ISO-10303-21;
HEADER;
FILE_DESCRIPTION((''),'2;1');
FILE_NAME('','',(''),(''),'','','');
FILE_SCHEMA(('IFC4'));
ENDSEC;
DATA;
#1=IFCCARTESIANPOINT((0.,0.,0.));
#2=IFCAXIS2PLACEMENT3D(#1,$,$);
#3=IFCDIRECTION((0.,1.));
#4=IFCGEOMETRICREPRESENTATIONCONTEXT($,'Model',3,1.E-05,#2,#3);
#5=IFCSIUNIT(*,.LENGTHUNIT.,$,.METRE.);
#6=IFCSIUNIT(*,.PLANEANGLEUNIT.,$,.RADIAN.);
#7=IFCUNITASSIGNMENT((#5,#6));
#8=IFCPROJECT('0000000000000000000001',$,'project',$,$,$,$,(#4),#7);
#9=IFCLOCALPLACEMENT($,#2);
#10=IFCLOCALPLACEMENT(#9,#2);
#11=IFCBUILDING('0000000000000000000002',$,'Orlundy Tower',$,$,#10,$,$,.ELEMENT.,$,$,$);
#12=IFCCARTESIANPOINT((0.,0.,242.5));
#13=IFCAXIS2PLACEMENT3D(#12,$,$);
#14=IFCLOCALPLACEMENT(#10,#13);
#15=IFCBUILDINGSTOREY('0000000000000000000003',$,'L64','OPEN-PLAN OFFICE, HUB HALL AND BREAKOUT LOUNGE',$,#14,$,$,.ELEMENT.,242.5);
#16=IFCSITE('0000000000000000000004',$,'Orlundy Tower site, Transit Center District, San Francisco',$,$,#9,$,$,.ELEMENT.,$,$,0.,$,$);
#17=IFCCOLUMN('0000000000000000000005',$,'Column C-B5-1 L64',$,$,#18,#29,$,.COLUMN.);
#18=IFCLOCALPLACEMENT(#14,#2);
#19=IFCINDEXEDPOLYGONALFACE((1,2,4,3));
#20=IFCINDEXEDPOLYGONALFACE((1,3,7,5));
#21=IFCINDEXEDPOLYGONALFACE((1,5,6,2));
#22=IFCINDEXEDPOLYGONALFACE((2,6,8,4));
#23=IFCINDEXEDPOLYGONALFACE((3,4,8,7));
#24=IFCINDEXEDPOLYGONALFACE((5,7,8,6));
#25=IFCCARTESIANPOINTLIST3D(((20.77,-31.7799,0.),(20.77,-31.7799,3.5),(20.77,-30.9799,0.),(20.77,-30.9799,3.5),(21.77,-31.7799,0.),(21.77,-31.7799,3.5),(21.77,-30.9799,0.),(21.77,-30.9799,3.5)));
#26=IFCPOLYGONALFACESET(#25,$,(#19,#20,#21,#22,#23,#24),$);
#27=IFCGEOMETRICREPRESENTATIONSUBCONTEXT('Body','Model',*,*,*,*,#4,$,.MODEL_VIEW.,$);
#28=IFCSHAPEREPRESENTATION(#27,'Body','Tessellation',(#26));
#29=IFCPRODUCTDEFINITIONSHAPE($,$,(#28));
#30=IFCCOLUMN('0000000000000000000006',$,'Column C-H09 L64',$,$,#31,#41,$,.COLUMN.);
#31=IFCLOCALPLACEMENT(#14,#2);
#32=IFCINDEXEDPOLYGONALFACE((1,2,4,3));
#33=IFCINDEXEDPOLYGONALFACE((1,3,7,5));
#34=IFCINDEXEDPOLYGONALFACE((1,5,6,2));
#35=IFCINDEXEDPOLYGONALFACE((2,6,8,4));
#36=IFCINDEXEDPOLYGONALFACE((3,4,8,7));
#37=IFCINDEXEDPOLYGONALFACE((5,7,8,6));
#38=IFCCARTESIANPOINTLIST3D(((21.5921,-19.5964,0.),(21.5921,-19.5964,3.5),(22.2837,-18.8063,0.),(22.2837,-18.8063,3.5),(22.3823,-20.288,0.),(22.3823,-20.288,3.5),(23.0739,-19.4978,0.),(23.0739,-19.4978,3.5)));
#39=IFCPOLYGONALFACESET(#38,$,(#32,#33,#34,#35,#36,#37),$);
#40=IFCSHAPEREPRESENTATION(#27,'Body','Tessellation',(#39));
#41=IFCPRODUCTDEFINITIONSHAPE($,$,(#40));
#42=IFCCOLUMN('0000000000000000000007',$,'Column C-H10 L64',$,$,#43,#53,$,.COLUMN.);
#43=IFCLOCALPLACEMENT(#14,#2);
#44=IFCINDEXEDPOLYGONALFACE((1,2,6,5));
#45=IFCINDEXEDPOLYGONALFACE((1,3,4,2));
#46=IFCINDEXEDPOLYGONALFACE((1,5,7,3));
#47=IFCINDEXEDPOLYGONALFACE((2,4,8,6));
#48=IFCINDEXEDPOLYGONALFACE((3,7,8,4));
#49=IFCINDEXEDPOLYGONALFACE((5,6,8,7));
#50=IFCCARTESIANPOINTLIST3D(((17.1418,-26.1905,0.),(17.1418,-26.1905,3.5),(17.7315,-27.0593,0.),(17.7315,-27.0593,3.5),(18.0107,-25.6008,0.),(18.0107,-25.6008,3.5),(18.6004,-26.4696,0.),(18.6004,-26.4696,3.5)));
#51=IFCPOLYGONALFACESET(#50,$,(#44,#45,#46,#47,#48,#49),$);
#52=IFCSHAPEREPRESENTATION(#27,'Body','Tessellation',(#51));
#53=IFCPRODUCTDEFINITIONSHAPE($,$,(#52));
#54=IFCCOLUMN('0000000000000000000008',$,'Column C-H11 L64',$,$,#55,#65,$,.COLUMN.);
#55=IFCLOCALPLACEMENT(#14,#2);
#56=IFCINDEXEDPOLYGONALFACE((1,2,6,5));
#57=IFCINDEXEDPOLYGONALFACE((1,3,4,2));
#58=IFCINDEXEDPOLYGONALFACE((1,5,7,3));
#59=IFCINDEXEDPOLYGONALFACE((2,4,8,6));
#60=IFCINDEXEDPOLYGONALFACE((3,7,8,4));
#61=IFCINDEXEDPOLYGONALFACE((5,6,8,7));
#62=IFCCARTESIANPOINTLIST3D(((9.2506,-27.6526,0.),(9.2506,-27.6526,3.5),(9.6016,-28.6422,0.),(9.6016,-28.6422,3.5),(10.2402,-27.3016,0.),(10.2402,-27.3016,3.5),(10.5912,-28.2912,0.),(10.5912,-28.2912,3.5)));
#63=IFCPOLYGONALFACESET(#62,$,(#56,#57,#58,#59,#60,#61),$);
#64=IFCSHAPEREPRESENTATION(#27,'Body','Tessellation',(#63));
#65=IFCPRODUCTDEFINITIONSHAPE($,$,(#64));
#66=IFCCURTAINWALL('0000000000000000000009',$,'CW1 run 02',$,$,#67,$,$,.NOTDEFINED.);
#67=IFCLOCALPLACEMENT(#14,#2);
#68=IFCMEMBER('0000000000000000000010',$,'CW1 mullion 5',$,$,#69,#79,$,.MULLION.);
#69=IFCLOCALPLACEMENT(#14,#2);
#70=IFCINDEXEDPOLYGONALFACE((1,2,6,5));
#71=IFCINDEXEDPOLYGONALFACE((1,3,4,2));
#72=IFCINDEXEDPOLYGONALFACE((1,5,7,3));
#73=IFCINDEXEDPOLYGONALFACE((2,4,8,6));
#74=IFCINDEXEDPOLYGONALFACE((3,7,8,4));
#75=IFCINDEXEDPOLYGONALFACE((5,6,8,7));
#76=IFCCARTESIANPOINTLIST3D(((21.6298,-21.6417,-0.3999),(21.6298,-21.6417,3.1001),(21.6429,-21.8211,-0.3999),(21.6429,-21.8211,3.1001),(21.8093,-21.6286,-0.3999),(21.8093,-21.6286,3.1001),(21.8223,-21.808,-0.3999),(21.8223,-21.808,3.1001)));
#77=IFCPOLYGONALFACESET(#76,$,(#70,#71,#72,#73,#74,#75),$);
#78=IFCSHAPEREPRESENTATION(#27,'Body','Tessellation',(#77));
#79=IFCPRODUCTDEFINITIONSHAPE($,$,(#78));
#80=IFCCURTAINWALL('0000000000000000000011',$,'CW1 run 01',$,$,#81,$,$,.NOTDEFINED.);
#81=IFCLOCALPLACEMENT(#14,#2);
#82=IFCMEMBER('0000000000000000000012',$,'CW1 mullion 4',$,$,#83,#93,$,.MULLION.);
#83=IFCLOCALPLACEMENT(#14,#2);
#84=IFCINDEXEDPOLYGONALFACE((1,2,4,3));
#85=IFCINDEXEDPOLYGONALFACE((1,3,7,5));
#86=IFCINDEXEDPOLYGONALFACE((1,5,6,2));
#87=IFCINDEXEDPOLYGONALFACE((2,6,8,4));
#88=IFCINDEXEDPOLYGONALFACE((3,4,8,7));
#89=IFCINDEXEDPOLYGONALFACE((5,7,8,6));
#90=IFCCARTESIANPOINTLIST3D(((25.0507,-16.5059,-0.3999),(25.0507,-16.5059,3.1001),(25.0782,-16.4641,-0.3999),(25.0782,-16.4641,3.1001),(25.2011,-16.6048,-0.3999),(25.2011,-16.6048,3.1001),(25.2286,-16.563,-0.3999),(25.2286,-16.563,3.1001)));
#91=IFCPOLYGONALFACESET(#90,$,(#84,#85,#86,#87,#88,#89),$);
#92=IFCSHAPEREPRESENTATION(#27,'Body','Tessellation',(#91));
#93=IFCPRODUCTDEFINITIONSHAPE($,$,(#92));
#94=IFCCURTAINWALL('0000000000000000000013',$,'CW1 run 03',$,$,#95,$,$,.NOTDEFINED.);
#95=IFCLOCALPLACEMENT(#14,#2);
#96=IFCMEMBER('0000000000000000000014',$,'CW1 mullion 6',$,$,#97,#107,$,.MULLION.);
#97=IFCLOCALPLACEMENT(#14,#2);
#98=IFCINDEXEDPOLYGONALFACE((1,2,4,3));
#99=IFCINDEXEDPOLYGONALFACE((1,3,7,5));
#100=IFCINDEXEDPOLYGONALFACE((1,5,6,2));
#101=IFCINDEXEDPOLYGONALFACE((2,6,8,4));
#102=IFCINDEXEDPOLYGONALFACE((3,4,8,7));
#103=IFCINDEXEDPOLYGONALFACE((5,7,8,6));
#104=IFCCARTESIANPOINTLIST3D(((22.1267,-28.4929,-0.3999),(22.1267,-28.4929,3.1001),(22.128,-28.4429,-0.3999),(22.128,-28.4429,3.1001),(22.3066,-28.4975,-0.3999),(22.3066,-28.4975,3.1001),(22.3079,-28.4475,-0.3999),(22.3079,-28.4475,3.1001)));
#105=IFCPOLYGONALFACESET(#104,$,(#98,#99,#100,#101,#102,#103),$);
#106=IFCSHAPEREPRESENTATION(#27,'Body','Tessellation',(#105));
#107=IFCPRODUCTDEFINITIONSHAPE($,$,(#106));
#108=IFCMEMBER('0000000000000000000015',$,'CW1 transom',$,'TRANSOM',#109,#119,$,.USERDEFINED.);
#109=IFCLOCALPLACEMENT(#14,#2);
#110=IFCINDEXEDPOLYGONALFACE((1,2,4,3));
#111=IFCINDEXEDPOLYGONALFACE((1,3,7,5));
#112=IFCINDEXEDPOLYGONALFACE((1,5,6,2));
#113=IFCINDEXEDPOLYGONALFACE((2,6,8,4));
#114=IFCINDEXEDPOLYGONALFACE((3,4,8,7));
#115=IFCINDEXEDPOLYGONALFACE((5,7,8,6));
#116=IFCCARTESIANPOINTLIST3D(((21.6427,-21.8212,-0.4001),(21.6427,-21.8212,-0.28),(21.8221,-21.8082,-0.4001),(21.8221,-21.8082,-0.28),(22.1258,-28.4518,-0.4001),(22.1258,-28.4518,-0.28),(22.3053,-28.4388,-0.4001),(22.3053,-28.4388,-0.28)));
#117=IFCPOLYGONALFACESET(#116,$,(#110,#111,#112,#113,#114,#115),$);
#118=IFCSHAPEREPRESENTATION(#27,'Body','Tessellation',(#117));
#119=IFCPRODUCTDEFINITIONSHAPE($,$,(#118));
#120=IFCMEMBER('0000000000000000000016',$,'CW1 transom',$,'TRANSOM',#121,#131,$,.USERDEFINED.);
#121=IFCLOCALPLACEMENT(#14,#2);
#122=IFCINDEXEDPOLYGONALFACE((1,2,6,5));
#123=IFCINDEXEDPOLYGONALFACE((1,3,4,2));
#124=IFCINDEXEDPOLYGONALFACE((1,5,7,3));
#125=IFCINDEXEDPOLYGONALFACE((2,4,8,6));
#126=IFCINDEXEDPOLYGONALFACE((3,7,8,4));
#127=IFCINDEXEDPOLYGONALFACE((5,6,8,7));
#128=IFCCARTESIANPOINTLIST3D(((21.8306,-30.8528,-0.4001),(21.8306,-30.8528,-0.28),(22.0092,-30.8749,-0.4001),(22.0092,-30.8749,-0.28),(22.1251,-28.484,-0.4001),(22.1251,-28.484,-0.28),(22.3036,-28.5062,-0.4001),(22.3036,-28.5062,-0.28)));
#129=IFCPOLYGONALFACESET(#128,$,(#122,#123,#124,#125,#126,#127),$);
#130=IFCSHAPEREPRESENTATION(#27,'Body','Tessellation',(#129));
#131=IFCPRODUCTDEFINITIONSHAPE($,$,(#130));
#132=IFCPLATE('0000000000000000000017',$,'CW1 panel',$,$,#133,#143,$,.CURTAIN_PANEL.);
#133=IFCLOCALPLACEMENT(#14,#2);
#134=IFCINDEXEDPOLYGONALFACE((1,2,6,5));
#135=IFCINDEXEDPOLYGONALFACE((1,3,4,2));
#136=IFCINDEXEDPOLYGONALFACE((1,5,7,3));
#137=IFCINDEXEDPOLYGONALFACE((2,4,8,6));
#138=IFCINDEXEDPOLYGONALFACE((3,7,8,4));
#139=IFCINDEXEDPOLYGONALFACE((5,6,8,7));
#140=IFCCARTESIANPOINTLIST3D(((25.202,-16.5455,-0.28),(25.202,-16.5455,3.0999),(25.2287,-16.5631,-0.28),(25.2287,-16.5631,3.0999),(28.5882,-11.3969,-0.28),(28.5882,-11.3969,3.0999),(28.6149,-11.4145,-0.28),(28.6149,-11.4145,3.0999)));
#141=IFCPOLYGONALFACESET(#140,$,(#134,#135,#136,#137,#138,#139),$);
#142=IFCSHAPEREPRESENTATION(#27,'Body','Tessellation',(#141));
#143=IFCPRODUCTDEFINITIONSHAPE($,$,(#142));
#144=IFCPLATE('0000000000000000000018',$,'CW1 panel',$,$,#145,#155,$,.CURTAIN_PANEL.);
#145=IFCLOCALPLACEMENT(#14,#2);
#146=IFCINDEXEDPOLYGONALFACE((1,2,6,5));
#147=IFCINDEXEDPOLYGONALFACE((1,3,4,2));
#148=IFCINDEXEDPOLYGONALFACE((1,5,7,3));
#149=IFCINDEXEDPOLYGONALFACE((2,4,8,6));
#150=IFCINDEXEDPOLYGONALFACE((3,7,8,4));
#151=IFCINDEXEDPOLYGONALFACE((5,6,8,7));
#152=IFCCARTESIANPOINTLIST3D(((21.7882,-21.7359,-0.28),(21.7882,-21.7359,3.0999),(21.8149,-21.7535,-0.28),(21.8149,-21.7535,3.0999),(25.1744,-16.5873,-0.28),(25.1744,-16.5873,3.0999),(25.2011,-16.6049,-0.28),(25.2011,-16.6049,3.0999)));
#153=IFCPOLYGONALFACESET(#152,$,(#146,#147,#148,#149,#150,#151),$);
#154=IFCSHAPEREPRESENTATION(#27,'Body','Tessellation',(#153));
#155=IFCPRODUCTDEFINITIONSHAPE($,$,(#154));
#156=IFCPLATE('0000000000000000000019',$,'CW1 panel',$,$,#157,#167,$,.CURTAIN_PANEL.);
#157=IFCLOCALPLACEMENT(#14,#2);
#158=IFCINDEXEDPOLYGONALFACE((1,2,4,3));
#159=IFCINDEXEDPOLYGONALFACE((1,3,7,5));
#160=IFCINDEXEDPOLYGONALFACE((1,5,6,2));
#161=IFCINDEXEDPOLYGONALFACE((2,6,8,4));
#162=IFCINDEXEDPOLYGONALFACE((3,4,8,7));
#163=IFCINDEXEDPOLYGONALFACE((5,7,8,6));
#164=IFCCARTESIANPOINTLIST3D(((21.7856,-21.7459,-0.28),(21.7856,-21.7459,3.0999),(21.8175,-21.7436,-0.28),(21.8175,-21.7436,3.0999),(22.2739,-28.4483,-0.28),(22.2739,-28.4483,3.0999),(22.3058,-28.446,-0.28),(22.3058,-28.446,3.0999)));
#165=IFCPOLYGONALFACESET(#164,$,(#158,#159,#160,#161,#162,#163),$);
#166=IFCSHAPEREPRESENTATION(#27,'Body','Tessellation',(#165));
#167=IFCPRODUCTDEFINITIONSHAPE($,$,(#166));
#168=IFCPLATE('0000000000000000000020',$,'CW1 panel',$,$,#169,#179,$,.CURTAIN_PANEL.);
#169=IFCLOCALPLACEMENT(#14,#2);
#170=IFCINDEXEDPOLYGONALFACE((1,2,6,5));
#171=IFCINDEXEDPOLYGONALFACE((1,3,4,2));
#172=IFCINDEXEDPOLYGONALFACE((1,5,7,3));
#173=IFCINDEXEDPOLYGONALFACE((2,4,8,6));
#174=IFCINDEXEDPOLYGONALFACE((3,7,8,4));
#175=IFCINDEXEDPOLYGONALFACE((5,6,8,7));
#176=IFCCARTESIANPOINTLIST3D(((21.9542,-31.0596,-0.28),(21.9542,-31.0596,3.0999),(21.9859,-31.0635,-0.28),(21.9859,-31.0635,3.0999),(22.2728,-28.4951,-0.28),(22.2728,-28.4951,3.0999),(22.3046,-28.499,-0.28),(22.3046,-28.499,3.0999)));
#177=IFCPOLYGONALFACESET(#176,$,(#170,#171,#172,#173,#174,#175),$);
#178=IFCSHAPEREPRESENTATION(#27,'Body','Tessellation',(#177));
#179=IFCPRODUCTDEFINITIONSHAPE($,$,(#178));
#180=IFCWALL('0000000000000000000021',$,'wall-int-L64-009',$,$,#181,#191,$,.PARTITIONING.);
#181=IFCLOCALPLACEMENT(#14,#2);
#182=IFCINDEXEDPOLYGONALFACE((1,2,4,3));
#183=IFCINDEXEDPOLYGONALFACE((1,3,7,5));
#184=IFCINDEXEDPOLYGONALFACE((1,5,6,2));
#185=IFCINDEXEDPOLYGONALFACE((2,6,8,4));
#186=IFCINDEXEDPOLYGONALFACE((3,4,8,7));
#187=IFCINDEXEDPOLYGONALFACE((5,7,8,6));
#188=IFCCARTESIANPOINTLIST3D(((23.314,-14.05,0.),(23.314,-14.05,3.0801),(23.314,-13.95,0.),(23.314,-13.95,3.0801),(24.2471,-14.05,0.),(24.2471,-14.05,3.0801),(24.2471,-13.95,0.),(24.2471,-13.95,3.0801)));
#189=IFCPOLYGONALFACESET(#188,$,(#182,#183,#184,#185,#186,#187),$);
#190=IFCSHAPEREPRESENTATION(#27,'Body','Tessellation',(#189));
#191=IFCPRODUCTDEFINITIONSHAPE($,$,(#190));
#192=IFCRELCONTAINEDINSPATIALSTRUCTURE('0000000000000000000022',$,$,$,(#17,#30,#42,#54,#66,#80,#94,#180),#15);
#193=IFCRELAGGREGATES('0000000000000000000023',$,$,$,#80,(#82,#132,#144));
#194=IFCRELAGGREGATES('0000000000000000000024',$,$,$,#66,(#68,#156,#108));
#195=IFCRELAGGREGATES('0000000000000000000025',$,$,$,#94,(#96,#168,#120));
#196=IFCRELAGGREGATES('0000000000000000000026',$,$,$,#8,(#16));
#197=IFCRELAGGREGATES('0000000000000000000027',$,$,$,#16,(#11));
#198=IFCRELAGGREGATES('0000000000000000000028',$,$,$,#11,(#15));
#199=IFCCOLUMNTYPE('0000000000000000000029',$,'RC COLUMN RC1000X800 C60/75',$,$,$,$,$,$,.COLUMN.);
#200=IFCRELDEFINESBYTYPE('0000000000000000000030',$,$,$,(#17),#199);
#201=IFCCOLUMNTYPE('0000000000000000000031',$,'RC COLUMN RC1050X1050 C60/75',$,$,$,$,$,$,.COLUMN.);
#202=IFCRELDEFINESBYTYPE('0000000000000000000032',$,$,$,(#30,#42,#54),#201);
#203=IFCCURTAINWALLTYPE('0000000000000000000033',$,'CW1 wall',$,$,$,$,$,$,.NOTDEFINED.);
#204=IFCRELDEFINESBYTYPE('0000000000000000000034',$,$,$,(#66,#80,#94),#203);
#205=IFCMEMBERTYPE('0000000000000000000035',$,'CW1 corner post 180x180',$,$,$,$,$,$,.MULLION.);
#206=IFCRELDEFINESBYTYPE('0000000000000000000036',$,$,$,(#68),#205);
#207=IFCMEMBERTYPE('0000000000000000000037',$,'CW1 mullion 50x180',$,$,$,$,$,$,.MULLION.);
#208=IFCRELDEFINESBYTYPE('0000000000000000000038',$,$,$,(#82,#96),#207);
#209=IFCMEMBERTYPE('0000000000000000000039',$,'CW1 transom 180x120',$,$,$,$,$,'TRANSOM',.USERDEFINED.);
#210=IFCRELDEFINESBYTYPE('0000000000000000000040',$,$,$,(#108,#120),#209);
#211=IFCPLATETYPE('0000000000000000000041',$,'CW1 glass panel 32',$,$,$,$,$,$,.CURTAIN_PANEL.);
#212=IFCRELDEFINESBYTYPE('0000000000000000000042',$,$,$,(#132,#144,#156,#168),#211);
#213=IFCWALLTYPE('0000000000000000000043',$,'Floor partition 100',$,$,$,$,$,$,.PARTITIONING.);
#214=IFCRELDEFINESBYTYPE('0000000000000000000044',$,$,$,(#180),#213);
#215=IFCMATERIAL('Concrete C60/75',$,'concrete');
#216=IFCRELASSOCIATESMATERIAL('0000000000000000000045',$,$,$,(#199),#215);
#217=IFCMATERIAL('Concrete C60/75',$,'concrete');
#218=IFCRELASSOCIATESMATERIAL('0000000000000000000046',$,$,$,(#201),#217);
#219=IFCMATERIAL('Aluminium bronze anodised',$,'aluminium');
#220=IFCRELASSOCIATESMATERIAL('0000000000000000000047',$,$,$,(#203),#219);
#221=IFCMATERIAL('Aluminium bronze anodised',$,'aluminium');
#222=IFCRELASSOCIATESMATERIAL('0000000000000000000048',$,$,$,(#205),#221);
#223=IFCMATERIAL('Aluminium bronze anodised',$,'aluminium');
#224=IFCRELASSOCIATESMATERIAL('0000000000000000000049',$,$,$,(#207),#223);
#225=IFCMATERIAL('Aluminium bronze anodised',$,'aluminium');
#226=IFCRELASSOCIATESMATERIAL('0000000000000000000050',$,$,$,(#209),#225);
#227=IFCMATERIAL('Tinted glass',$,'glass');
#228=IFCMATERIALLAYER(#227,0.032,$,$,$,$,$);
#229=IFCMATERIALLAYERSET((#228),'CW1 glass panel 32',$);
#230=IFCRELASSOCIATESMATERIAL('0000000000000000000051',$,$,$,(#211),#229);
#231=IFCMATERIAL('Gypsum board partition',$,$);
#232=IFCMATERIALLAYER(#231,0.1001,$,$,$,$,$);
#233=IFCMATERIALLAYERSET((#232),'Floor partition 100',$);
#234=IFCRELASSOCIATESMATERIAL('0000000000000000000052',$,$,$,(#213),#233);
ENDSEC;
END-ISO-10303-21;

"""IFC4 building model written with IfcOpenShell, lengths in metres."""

from ifc_helpers import new_model, si_unit, direction, frame, frame_2d, origin, origin_2d, place, context, subcontext, project, spatial, rectangle, extrude, material, layer, layer_set, material_profile, profile_set, type_object, element, aggregate, save


model = new_model("IFC4")

# Units and contexts
model_context = context("Model", 3, precision=1e-05, world=origin(), true_north=direction((0.0, 1.0)))
body_context = subcontext(model_context, "Body", "Model", "MODEL_VIEW")
ifc_project = project(units=[si_unit("LENGTHUNIT", "METRE"), si_unit("PLANEANGLEUNIT", "RADIAN")], contexts=[model_context])

# Site, building, storey
site_placement = place(None, origin())
site = spatial("IfcSite", under=ifc_project, at=site_placement, Name="Orlundy Tower site, Transit Center District, San Francisco", CompositionType="ELEMENT", RefElevation=0.0)
building_placement = place(site_placement, origin())
building = spatial("IfcBuilding", under=site, at=building_placement, Name="Orlundy Tower", CompositionType="ELEMENT")
storey_placement = place(building_placement, frame((0.0, 0.0, 242.5)))
storey = spatial("IfcBuildingStorey", under=building, at=storey_placement, Name="L64", Description="OPEN-PLAN OFFICE, HUB HALL AND BREAKOUT LOUNGE", CompositionType="ELEMENT", Elevation=242.5)

# Columns
ifc_material_1 = material(Name="Concrete C60/75", Category="concrete")
ifc_material_profile_1 = material_profile(ifc_material_1, rectangle(XDim=1.0, YDim=0.8, at=origin_2d()), Name="RC1000X800")
ifc_profile_set_1 = profile_set([ifc_material_profile_1], Name="Concrete C60/75")
column_type_1 = type_object("IfcColumnType", Name="RC COLUMN RC1000X800 C60/75", PredefinedType="COLUMN", material=ifc_profile_set_1)
column_placement = place(storey_placement, frame((21.27, -31.3799, 0.0), z_axis=(0.0, 0.0, 1.0), x_axis=(1.0, 0.0, 0.0)))
element("IfcColumn", 1, at=column_placement, inside=storey, type_object=column_type_1, Name="Column C-B5-1 L64", PredefinedType="COLUMN", context=body_context, shape_type="SweptSolid", body=[
    extrude(rectangle(XDim=1.0, YDim=0.8, at=origin_2d()), origin(), (0.0, 0.0, 1.0), 3.5),
])
ifc_material_2 = material(Name="Concrete C60/75", Category="concrete")
ifc_material_profile_2 = material_profile(ifc_material_2, rectangle(XDim=1.05, YDim=1.05, at=origin_2d()), Name="RC1050X1050")
ifc_profile_set_2 = profile_set([ifc_material_profile_2], Name="Concrete C60/75")
column_type_2 = type_object("IfcColumnType", Name="RC COLUMN RC1050X1050 C60/75", PredefinedType="COLUMN", material=ifc_profile_set_2)
for number, where, z_axis, x_axis, name in (
    (2, (22.333, -19.5471, 0.0), (0.0, 0.0, 1.0), (0.752484, -0.658611, 0.0), "Column C-H09 L64"),
    (3, (17.8711, -26.3301, 0.0), (0.0, 0.0, 1.0), (0.561592, -0.827414, 0.0), "Column C-H10 L64"),
    (4, (9.9209, -27.9719, 0.0), (0.0, 0.0, 1.0), (0.334267, -0.942478, 0.0), "Column C-H11 L64"),
):
    element("IfcColumn", number, at=place(storey_placement, frame(where, z_axis=z_axis, x_axis=x_axis)), inside=storey, type_object=column_type_2, Name=name, PredefinedType="COLUMN", context=body_context, shape_type="SweptSolid", body=[
        extrude(rectangle(XDim=1.05, YDim=1.05, at=origin_2d()), origin(), (0.0, 0.0, 1.0), 3.5),
    ])

# Curtain walls, members
ifc_material_3 = material(Name="Aluminium bronze anodised", Category="aluminium")
curtain_wall_type = type_object("IfcCurtainWallType", Name="CW1 wall", PredefinedType="NOTDEFINED", material=ifc_material_3)
curtain_wall_1_placement = place(storey_placement, origin())
curtain_wall_1 = element("IfcCurtainWall", 5, at=curtain_wall_1_placement, inside=storey, type_object=curtain_wall_type, Name="CW1 run 02", PredefinedType="NOTDEFINED")
ifc_material_4 = material(Name="Aluminium bronze anodised", Category="aluminium")
ifc_material_profile_3 = material_profile(ifc_material_4, rectangle(XDim=0.1799, YDim=0.1799, at=origin_2d()), Name="CW1 corner post 180x180")
ifc_profile_set_3 = profile_set([ifc_material_profile_3], Name="Aluminium bronze anodised")
member_type_1 = type_object("IfcMemberType", Name="CW1 corner post 180x180", PredefinedType="MULLION", material=ifc_profile_set_3)
member_1_placement = place(storey_placement, frame((21.7261, -21.7249, -0.3999), z_axis=(0.0, 0.0, 1.0), x_axis=(0.997357, 0.072661, 0.0)))
member_1 = element("IfcMember", 6, at=member_1_placement, type_object=member_type_1, Name="CW1 mullion 5", PredefinedType="MULLION", context=body_context, shape_type="SweptSolid", body=[
    extrude(rectangle(XDim=0.1799, YDim=0.1799, at=origin_2d()), origin(), (0.0, 0.0, 1.0), 3.5),
])
curtain_wall_2_placement = place(storey_placement, origin())
curtain_wall_2 = element("IfcCurtainWall", 7, at=curtain_wall_2_placement, inside=storey, type_object=curtain_wall_type, Name="CW1 run 01", PredefinedType="NOTDEFINED")
ifc_material_5 = material(Name="Aluminium bronze anodised", Category="aluminium")
ifc_material_profile_4 = material_profile(ifc_material_5, rectangle(XDim=0.1799, YDim=0.05, at=origin_2d()), Name="CW1 mullion 50x180")
ifc_profile_set_4 = profile_set([ifc_material_profile_4], Name="Aluminium bronze anodised")
member_type_2 = type_object("IfcMemberType", Name="CW1 mullion 50x180", PredefinedType="MULLION", material=ifc_profile_set_4)
member_2_placement = place(storey_placement, frame((25.1396, -16.5344, -0.3999), z_axis=(0.0, 0.0, 1.0), x_axis=(0.835496, -0.549496, 0.0)))
member_2 = element("IfcMember", 8, at=member_2_placement, type_object=member_type_2, Name="CW1 mullion 4", PredefinedType="MULLION", context=body_context, shape_type="SweptSolid", body=[
    extrude(rectangle(XDim=0.1799, YDim=0.05, at=origin_2d()), origin(), (0.0, 0.0, 1.0), 3.5),
])
curtain_wall_3_placement = place(storey_placement, origin())
curtain_wall_3 = element("IfcCurtainWall", 9, at=curtain_wall_3_placement, inside=storey, type_object=curtain_wall_type, Name="CW1 run 03", PredefinedType="NOTDEFINED")
member_3_placement = place(storey_placement, frame((22.2173, -28.4702, -0.3999), z_axis=(0.0, 0.0, 1.0), x_axis=(0.999676, -0.025444, 0.0)))
member_3 = element("IfcMember", 10, at=member_3_placement, type_object=member_type_2, Name="CW1 mullion 6", PredefinedType="MULLION", context=body_context, shape_type="SweptSolid", body=[
    extrude(rectangle(XDim=0.1799, YDim=0.05, at=origin_2d()), origin(), (0.0, 0.0, 1.0), 3.5),
])

# Members
ifc_material_6 = material(Name="Aluminium bronze anodised", Category="aluminium")
ifc_material_profile_5 = material_profile(ifc_material_6, rectangle(XDim=0.1799, YDim=0.1201, at=origin_2d()), Name="CW1 transom 180x120")
ifc_profile_set_5 = profile_set([ifc_material_profile_5], Name="Aluminium bronze anodised")
member_type_3 = type_object("IfcMemberType", Name="CW1 transom 180x120", ElementType="TRANSOM", PredefinedType="USERDEFINED", material=ifc_profile_set_5)
member_4_placement = place(storey_placement, frame((21.7324, -21.8147, -0.3401), z_axis=(0.072675, -0.997356, 0.0), x_axis=(0.997356, 0.072675, 0.0)))
member_4 = element("IfcMember", 11, at=member_4_placement, type_object=member_type_3, Name="CW1 transom", ObjectType="TRANSOM", PredefinedType="USERDEFINED", context=body_context, shape_type="SweptSolid", body=[
    extrude(rectangle(XDim=0.1799, YDim=0.1201, at=origin_2d()), origin(), (0.0, 0.0, 1.0), 6.6482),
])
member_5_placement = place(storey_placement, frame((22.2144, -28.4951, -0.3401), z_axis=(-0.123355, -0.992363, 0.0), x_axis=(0.992363, -0.123355, 0.0)))
member_5 = element("IfcMember", 12, at=member_5_placement, type_object=member_type_3, Name="CW1 transom", ObjectType="TRANSOM", PredefinedType="USERDEFINED", context=body_context, shape_type="SweptSolid", body=[
    extrude(rectangle(XDim=0.1799, YDim=0.1201, at=origin_2d()), origin(), (0.0, 0.0, 1.0), 2.387),
])

# Plates
ifc_material_7 = material(Name="Tinted glass", Category="glass")
ifc_layer_1 = layer(ifc_material_7, 0.032)
ifc_layer_set_1 = layer_set([ifc_layer_1], Name="CW1 glass panel 32")
plate_type = type_object("IfcPlateType", Name="CW1 glass panel 32", PredefinedType="CURTAIN_PANEL", material=ifc_layer_set_1)
plate_1_placement = place(storey_placement, frame((26.9084, -13.98, -0.28), z_axis=(0.0, 0.0, 1.0), x_axis=(-0.549496, -0.835496, 0.0)))
plate_1 = element("IfcPlate", 13, at=plate_1_placement, type_object=plate_type, Name="CW1 panel", PredefinedType="CURTAIN_PANEL", context=body_context, shape_type="SweptSolid", body=[
    extrude(rectangle(XDim=6.1624, YDim=0.032, at=origin_2d()), origin(), (0.0, 0.0, 1.0), 3.3799),
])
plate_2_placement = place(storey_placement, frame((23.4946, -19.1704, -0.28), z_axis=(0.0, 0.0, 1.0), x_axis=(-0.549496, -0.835496, 0.0)))
plate_2 = element("IfcPlate", 14, at=plate_2_placement, type_object=plate_type, Name="CW1 panel", PredefinedType="CURTAIN_PANEL", context=body_context, shape_type="SweptSolid", body=[
    extrude(rectangle(XDim=6.1624, YDim=0.032, at=origin_2d()), origin(), (0.0, 0.0, 1.0), 3.3799),
])
aggregate(curtain_wall_2, [member_2, plate_1, plate_2])
plate_3_placement = place(storey_placement, frame((22.0457, -25.0959, -0.28), z_axis=(0.0, 0.0, 1.0), x_axis=(0.072661, -0.997357, 0.0)))
plate_3 = element("IfcPlate", 15, at=plate_3_placement, type_object=plate_type, Name="CW1 panel", PredefinedType="CURTAIN_PANEL", context=body_context, shape_type="SweptSolid", body=[
    extrude(rectangle(XDim=6.7202, YDim=0.032, at=origin_2d()), origin(), (0.0, 0.0, 1.0), 3.3799),
])
aggregate(curtain_wall_1, [member_1, plate_3, member_4])
plate_4_placement = place(storey_placement, frame((22.1294, -29.7793, -0.28), z_axis=(0.0, 0.0, 1.0), x_axis=(-0.123304, -0.992369, 0.0)))
plate_4 = element("IfcPlate", 16, at=plate_4_placement, type_object=plate_type, Name="CW1 panel", PredefinedType="CURTAIN_PANEL", context=body_context, shape_type="SweptSolid", body=[
    extrude(rectangle(XDim=2.5842, YDim=0.032, at=origin_2d()), origin(), (0.0, 0.0, 1.0), 3.3799),
])
aggregate(curtain_wall_3, [member_3, plate_4, member_5])

# Wall
ifc_material_8 = material(Name="Gypsum board partition")
ifc_layer_2 = layer(ifc_material_8, 0.1001)
ifc_layer_set_2 = layer_set([ifc_layer_2], Name="Floor partition 100")
wall_type_1 = type_object("IfcWallType", Name="Floor partition 100", PredefinedType="PARTITIONING", material=ifc_layer_set_2)
wall_1_placement = place(storey_placement, frame((23.314, -14.0, 0.0), z_axis=(0.0, 0.0, 1.0), x_axis=(1.0, 0.0, 0.0)))
element("IfcWall", 17, at=wall_1_placement, inside=storey, type_object=wall_type_1, Name="wall-int-L64-009", PredefinedType="PARTITIONING", context=body_context, shape_type="SweptSolid", body=[
    extrude(rectangle(XDim=0.9331, YDim=0.1001, at=frame_2d((0.4666, 0.0))), origin(), (0.0, 0.0, 1.0), 3.0801),
])

save(model, "model.ifc")
